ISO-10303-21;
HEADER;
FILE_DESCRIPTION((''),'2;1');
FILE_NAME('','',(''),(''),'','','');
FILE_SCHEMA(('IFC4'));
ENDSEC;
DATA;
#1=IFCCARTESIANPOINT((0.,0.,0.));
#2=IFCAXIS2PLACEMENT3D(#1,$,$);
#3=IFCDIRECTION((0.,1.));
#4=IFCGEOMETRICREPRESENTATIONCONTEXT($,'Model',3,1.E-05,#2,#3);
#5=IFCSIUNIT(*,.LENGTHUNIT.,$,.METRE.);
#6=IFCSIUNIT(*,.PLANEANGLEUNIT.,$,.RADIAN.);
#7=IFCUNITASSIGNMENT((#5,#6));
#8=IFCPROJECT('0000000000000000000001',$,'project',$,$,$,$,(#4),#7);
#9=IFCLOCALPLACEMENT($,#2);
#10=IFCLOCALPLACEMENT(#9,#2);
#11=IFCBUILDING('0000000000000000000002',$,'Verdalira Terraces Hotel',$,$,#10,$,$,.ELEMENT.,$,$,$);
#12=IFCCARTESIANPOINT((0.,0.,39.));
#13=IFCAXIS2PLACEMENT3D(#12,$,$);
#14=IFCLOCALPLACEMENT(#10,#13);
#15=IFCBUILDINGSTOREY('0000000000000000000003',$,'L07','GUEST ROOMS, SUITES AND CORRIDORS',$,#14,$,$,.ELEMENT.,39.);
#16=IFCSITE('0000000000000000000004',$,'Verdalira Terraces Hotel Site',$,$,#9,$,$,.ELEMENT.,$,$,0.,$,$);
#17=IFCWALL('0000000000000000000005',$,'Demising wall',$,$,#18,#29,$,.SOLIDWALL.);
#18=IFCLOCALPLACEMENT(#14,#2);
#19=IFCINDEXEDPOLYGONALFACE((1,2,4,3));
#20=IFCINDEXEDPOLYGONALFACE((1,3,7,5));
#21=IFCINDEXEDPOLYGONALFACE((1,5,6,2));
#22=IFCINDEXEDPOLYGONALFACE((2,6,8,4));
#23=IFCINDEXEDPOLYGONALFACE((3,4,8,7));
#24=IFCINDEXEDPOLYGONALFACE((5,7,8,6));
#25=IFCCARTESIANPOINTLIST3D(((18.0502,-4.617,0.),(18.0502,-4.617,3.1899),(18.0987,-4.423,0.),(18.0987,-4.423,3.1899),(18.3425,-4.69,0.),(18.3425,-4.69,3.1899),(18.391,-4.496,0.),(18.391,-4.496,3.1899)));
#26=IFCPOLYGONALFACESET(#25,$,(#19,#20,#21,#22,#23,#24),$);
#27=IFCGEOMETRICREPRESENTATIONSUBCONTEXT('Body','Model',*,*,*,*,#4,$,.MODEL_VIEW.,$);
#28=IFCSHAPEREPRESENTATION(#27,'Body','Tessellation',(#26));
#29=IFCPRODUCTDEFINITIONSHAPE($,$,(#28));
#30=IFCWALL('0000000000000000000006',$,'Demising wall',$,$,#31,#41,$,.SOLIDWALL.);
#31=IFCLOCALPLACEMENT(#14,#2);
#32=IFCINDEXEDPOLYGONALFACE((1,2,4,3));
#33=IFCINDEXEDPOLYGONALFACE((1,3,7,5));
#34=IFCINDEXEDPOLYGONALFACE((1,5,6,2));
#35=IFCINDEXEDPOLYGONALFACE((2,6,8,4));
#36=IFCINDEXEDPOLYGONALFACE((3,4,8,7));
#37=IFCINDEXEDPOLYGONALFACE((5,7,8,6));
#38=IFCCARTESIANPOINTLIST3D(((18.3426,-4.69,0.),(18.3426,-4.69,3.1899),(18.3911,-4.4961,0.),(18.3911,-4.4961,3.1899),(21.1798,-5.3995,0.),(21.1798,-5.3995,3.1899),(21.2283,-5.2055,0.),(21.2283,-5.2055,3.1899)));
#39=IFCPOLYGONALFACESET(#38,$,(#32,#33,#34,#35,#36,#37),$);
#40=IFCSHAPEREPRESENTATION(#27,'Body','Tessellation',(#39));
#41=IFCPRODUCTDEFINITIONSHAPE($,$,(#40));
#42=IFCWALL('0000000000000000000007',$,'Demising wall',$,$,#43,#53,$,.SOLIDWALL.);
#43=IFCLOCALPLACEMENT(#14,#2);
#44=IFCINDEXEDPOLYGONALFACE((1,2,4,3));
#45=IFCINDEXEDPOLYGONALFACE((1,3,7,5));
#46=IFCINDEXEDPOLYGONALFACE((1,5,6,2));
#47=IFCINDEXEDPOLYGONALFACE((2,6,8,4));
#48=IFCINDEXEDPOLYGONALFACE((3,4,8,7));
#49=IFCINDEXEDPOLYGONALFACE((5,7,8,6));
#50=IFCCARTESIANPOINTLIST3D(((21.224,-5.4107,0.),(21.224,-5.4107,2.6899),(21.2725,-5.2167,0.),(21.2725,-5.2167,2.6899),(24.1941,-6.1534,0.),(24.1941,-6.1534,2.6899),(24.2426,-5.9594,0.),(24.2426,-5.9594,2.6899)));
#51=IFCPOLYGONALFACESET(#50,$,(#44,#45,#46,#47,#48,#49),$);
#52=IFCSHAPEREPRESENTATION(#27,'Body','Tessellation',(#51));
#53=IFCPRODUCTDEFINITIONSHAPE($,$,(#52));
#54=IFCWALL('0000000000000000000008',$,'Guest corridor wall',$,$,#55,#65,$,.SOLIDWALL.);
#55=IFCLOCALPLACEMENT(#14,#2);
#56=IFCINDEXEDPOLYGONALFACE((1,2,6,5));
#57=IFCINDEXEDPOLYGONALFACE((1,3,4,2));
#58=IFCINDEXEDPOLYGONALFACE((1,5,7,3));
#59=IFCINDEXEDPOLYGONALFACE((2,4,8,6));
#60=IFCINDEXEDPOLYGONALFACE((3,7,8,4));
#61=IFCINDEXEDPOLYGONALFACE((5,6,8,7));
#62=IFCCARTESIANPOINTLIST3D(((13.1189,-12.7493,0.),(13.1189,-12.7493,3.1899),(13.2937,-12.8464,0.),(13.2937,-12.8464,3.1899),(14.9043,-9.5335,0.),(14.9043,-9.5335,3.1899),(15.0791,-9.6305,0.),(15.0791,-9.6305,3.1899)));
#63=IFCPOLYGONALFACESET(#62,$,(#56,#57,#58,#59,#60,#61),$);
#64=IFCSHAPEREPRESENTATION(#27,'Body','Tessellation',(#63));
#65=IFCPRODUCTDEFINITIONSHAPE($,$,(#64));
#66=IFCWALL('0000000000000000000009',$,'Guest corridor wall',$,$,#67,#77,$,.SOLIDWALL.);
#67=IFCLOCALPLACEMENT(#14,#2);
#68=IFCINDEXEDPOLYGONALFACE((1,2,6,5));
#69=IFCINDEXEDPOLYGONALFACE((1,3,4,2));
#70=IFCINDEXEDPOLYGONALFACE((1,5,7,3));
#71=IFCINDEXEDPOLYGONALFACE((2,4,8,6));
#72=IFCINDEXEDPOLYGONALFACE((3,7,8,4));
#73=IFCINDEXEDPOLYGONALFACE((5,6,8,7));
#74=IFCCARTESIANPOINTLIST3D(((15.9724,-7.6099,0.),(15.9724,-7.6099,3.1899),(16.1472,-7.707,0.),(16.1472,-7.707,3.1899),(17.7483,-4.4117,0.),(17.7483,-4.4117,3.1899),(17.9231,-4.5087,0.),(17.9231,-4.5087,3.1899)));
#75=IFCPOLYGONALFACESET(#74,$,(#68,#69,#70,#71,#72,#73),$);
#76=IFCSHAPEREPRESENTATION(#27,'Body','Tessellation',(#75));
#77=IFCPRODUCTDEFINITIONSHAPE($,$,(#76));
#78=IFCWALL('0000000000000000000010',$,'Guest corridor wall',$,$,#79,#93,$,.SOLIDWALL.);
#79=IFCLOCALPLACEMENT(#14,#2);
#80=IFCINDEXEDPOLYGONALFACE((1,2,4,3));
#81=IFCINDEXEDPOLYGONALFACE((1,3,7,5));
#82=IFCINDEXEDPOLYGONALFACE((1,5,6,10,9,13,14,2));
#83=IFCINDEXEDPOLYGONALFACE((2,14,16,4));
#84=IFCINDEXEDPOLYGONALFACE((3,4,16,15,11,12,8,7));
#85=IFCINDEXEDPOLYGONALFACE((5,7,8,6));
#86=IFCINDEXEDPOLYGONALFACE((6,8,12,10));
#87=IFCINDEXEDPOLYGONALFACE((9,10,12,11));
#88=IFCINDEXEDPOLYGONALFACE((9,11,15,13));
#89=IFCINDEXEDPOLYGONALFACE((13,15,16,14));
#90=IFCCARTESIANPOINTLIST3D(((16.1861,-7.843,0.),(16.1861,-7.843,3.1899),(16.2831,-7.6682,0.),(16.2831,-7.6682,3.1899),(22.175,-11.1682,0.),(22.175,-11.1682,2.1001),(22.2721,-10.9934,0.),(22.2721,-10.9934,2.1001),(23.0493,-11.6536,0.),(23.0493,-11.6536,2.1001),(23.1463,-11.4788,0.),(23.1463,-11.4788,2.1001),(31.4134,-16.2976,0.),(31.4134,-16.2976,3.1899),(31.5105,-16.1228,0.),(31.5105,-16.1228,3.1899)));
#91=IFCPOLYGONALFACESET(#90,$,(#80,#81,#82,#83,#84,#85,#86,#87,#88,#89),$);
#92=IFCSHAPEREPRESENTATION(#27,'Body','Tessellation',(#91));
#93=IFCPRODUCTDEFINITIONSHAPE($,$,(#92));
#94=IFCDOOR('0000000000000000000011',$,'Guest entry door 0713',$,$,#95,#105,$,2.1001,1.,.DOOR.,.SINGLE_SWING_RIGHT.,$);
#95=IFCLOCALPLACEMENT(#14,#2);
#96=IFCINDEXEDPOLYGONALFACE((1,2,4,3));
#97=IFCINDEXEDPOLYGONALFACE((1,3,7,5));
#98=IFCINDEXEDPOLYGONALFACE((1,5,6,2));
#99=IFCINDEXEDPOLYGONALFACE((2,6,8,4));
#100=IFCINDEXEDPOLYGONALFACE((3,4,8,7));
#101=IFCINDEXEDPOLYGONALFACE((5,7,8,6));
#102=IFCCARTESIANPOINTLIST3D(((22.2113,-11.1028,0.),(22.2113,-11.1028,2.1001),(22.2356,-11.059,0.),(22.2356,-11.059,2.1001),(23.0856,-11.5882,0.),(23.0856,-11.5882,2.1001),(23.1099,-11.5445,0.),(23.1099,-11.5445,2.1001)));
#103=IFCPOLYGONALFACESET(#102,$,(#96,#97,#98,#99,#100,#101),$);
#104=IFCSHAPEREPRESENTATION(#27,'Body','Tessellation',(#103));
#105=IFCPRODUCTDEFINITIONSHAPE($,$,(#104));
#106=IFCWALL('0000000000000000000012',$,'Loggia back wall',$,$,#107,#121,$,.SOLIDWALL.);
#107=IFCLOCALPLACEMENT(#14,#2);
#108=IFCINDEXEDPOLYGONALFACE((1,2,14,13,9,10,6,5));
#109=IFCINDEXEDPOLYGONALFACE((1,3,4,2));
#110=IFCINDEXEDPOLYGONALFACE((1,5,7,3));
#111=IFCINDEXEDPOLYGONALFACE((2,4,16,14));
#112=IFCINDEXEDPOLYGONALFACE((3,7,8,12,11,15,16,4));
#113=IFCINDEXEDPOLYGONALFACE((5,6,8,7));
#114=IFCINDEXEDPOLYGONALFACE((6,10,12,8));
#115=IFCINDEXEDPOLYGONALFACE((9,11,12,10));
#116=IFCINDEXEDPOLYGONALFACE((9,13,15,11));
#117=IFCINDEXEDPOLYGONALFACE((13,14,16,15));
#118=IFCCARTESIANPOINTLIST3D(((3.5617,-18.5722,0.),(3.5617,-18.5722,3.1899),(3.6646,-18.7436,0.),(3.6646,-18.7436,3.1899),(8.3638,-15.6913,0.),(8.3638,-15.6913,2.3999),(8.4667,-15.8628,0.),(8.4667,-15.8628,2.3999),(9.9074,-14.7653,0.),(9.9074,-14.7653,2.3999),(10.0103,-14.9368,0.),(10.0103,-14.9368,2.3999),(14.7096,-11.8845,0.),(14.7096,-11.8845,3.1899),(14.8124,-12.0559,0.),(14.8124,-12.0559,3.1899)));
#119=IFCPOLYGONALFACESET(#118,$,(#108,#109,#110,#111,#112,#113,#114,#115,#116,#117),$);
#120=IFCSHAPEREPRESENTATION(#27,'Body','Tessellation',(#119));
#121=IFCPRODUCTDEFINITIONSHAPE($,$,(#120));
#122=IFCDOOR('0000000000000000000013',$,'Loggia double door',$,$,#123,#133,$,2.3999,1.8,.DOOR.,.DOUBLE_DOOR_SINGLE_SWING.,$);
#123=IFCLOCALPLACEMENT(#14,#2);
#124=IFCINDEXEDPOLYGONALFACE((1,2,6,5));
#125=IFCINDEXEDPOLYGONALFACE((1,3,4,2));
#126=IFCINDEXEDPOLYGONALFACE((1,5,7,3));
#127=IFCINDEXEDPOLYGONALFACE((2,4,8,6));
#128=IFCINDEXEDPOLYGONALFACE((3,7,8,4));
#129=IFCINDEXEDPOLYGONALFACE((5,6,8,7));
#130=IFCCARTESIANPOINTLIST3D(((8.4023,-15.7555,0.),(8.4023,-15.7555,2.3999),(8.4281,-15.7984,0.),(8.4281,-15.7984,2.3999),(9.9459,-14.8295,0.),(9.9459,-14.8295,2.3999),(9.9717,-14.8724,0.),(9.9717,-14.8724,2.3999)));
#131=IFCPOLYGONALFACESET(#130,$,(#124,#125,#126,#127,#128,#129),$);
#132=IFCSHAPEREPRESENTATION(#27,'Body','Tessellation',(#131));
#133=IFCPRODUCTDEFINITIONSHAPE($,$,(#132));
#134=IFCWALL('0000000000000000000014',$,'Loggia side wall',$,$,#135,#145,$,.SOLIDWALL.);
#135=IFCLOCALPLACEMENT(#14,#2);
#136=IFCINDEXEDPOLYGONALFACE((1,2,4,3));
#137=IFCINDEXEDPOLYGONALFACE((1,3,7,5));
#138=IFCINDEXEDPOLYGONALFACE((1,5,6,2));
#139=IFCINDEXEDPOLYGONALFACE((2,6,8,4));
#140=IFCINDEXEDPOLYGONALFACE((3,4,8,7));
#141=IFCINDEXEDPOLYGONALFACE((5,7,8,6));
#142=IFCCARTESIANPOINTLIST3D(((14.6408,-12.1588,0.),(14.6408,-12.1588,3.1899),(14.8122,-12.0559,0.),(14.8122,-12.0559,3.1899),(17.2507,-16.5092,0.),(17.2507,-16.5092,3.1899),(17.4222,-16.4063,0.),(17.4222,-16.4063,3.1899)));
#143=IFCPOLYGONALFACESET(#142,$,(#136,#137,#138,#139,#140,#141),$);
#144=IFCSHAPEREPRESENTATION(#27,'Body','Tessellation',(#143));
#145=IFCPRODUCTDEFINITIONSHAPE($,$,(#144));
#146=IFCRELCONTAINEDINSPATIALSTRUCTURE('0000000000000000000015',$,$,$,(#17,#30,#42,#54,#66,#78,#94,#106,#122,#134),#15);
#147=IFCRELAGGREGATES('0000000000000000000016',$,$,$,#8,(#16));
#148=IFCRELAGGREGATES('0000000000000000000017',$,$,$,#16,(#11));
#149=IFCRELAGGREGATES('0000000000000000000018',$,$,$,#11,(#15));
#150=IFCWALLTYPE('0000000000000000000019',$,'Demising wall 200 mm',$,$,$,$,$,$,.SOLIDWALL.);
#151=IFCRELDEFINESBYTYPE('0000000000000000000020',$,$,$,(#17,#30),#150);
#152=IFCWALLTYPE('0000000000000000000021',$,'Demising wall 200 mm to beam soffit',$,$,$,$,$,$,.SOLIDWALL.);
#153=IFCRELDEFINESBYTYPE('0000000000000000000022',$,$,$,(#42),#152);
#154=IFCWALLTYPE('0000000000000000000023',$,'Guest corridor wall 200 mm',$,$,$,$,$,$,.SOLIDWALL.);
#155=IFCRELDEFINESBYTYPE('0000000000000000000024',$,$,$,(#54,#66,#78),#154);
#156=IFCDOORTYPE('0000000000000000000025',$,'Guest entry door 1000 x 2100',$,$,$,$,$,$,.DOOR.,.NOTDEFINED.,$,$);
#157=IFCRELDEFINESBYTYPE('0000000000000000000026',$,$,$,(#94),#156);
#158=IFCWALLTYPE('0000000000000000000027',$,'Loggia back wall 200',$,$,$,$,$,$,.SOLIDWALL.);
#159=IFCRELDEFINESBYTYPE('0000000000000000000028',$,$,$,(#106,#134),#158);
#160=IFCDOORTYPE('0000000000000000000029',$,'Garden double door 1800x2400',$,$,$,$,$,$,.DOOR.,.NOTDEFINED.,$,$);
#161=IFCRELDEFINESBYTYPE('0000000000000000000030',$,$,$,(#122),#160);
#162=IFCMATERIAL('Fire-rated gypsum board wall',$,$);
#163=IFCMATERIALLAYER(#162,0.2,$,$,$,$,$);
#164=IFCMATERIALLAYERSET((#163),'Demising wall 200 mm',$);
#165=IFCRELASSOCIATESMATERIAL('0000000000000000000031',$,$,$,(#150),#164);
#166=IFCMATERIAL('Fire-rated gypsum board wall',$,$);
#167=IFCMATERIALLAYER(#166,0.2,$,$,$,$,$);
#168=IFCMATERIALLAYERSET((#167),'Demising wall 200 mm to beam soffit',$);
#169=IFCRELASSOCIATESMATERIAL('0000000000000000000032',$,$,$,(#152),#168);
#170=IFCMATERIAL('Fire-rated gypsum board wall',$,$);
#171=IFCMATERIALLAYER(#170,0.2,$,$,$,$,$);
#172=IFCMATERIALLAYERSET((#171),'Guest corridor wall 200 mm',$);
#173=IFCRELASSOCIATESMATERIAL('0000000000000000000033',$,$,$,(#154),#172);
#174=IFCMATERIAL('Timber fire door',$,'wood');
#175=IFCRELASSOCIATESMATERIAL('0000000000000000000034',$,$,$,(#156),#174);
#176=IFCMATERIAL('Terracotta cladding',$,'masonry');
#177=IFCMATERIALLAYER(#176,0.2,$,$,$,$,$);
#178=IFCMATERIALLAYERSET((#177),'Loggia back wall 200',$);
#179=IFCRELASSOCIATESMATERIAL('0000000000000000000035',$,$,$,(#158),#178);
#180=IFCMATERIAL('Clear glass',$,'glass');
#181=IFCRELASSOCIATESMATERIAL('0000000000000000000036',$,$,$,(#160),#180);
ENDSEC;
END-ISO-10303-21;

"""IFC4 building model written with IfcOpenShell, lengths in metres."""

from ifc_helpers import new_model, si_unit, direction, frame, frame_2d, origin, place, context, subcontext, project, spatial, rectangle, extrude, material, layer, layer_set, type_object, element, fill, save


model = new_model("IFC4")

# Units and contexts
model_context = context("Model", 3, precision=1e-05, world=origin(), true_north=direction((0.0, 1.0)))
body_context = subcontext(model_context, "Body", "Model", "MODEL_VIEW")
ifc_project = project(units=[si_unit("LENGTHUNIT", "METRE"), si_unit("PLANEANGLEUNIT", "RADIAN")], contexts=[model_context])

# Site, building, storey
site_placement = place(None, origin())
site = spatial("IfcSite", under=ifc_project, at=site_placement, Name="Verdalira Terraces Hotel Site", CompositionType="ELEMENT", RefElevation=0.0)
building_placement = place(site_placement, origin())
building = spatial("IfcBuilding", under=site, at=building_placement, Name="Verdalira Terraces Hotel", CompositionType="ELEMENT")
storey_placement = place(building_placement, frame((0.0, 0.0, 39.0)))
storey = spatial("IfcBuildingStorey", under=building, at=storey_placement, Name="L07", Description="GUEST ROOMS, SUITES AND CORRIDORS", CompositionType="ELEMENT", Elevation=39.0)

# Walls
ifc_material_1 = material(Name="Fire-rated gypsum board wall")
ifc_layer_1 = layer(ifc_material_1, 0.2)
ifc_layer_set_1 = layer_set([ifc_layer_1], Name="Demising wall 200 mm")
wall_type_1 = type_object("IfcWallType", Name="Demising wall 200 mm", PredefinedType="SOLIDWALL", material=ifc_layer_set_1)
wall_1_placement = place(storey_placement, frame((18.0745, -4.52, 0.0), z_axis=(0.0, 0.0, 1.0), x_axis=(0.97019, -0.242345, 0.0)))
element("IfcWall", 1, at=wall_1_placement, inside=storey, type_object=wall_type_1, Name="Demising wall", PredefinedType="SOLIDWALL", context=body_context, shape_type="SweptSolid", body=[
    extrude(rectangle(XDim=0.3013, YDim=0.2, at=frame_2d((0.1506, 0.0))), origin(), (0.0, 0.0, 1.0), 3.1899),
])
wall_2_placement = place(storey_placement, frame((18.3667, -4.593, 0.0), z_axis=(0.0, 0.0, 1.0), x_axis=(0.970128, -0.242595, 0.0)))
element("IfcWall", 2, at=wall_2_placement, inside=storey, type_object=wall_type_1, Name="Demising wall", PredefinedType="SOLIDWALL", context=body_context, shape_type="SweptSolid", body=[
    extrude(rectangle(XDim=2.9246, YDim=0.2, at=frame_2d((1.4624, 0.0))), origin(), (0.0, 0.0, 1.0), 3.1899),
])
ifc_material_2 = material(Name="Fire-rated gypsum board wall")
ifc_layer_2 = layer(ifc_material_2, 0.2)
ifc_layer_set_2 = layer_set([ifc_layer_2], Name="Demising wall 200 mm to beam soffit")
wall_type_2 = type_object("IfcWallType", Name="Demising wall 200 mm to beam soffit", PredefinedType="SOLIDWALL", material=ifc_layer_set_2)
wall_3_placement = place(storey_placement, frame((21.2483, -5.3137, 0.0), z_axis=(0.0, 0.0, 1.0), x_axis=(0.970128, -0.242592, 0.0)))
element("IfcWall", 3, at=wall_3_placement, inside=storey, type_object=wall_type_2, Name="Demising wall", PredefinedType="SOLIDWALL", context=body_context, shape_type="SweptSolid", body=[
    extrude(rectangle(XDim=3.0615, YDim=0.2, at=frame_2d((1.5308, 0.0))), origin(), (0.0, 0.0, 1.0), 2.6899),
])
ifc_material_3 = material(Name="Fire-rated gypsum board wall")
ifc_layer_3 = layer(ifc_material_3, 0.2)
ifc_layer_set_3 = layer_set([ifc_layer_3], Name="Guest corridor wall 200 mm")
wall_type_3 = type_object("IfcWallType", Name="Guest corridor wall 200 mm", PredefinedType="SOLIDWALL", material=ifc_layer_set_3)
wall_4_placement = place(storey_placement, frame((13.2063, -12.7979, 0.0), z_axis=(0.0, 0.0, 1.0), x_axis=(0.485401, 0.874292, 0.0)))
element("IfcWall", 4, at=wall_4_placement, inside=storey, type_object=wall_type_3, Name="Guest corridor wall", PredefinedType="SOLIDWALL", context=body_context, shape_type="SweptSolid", body=[
    extrude(rectangle(XDim=3.6782, YDim=0.2, at=frame_2d((1.8391, 0.0))), origin(), (0.0, 0.0, 1.0), 3.1899),
])
wall_5_placement = place(storey_placement, frame((16.0598, -7.6584, 0.0), z_axis=(0.0, 0.0, 1.0), x_axis=(0.48545, 0.874264, 0.0)))
element("IfcWall", 5, at=wall_5_placement, inside=storey, type_object=wall_type_3, Name="Guest corridor wall", PredefinedType="SOLIDWALL", context=body_context, shape_type="SweptSolid", body=[
    extrude(rectangle(XDim=3.6582, YDim=0.2, at=frame_2d((1.8291, 0.0))), origin(), (0.0, 0.0, 1.0), 3.1899),
])

# Walls, openings, doors
wall_6_placement = place(storey_placement, frame((16.2346, -7.7556, 0.0), z_axis=(0.0, 0.0, 1.0), x_axis=(0.87428, -0.485423, 0.0)))
wall_6 = element("IfcWall", 6, at=wall_6_placement, inside=storey, type_object=wall_type_3, Name="Guest corridor wall", PredefinedType="SOLIDWALL", context=body_context, shape_type="SweptSolid", body=[
    extrude(rectangle(XDim=17.417, YDim=0.2, at=frame_2d((8.7085, 0.0))), origin(), (0.0, 0.0, 1.0), 3.1899),
])
opening_1_placement = place(wall_6_placement, frame((6.8501, 0.0, 0.0)))
opening_1 = element("IfcOpeningElement", 7, at=opening_1_placement, cuts=wall_6, PredefinedType="OPENING", context=body_context, shape_type="SweptSolid", body=[
    extrude(rectangle(XDim=1.0, YDim=2.1001, at=frame_2d((0.5, 1.05))), frame((0.0, 0.1099, 0.0), z_axis=(0.0, -1.0, 0.0), x_axis=(1.0, 0.0, 0.0)), (0.0, 0.0, 1.0), 0.22),
])
ifc_material_4 = material(Name="Timber fire door", Category="wood")
door_type_1 = type_object("IfcDoorType", Name="Guest entry door 1000 x 2100", OperationType="NOTDEFINED", PredefinedType="DOOR", material=ifc_material_4)
door_1_placement = place(opening_1_placement, origin())
door_1 = element("IfcDoor", 8, at=door_1_placement, inside=storey, type_object=door_type_1, Name="Guest entry door 0713", OperationType="SINGLE_SWING_RIGHT", OverallHeight=2.1001, OverallWidth=1.0, PredefinedType="DOOR", context=body_context, shape_type="SweptSolid", body=[
    extrude(rectangle(XDim=1.0, YDim=2.1001, at=frame_2d((0.5, 1.05))), frame((0.0, 0.0249, 0.0), z_axis=(0.0, -1.0, 0.0), x_axis=(1.0, 0.0, 0.0)), (0.0, 0.0, 1.0), 0.05),
])
fill(opening_1, door_1)
ifc_material_5 = material(Name="Terracotta cladding", Category="masonry")
ifc_layer_4 = layer(ifc_material_5, 0.2)
ifc_layer_set_4 = layer_set([ifc_layer_4], Name="Loggia back wall 200")
wall_type_4 = type_object("IfcWallType", Name="Loggia back wall 200", PredefinedType="SOLIDWALL", material=ifc_layer_set_4)
wall_7_placement = place(storey_placement, frame((14.761, -11.9702, 0.0), z_axis=(0.0, 0.0, 1.0), x_axis=(-0.857528, -0.514438, 0.0)))
wall_7 = element("IfcWall", 9, at=wall_7_placement, inside=storey, type_object=wall_type_4, Name="Loggia back wall", PredefinedType="SOLIDWALL", context=body_context, shape_type="SweptSolid", body=[
    extrude(rectangle(XDim=13.0, YDim=0.2, at=frame_2d((6.5, 0.0))), origin(), (0.0, 0.0, 1.0), 3.1899),
])
opening_2_placement = place(wall_7_placement, frame((5.6001, 0.0, 0.0)))
opening_2 = element("IfcOpeningElement", 10, at=opening_2_placement, cuts=wall_7, PredefinedType="OPENING", context=body_context, shape_type="SweptSolid", body=[
    extrude(rectangle(XDim=1.8, YDim=2.3999, at=frame_2d((0.8999, 1.2))), frame((0.0, 0.1099, 0.0), z_axis=(0.0, -1.0, 0.0), x_axis=(1.0, 0.0, 0.0)), (0.0, 0.0, 1.0), 0.22),
])
ifc_material_6 = material(Name="Clear glass", Category="glass")
door_type_2 = type_object("IfcDoorType", Name="Garden double door 1800x2400", OperationType="NOTDEFINED", PredefinedType="DOOR", material=ifc_material_6)
door_2_placement = place(opening_2_placement, origin())
door_2 = element("IfcDoor", 11, at=door_2_placement, inside=storey, type_object=door_type_2, Name="Loggia double door", OperationType="DOUBLE_DOOR_SINGLE_SWING", OverallHeight=2.3999, OverallWidth=1.8, PredefinedType="DOOR", context=body_context, shape_type="SweptSolid", body=[
    extrude(rectangle(XDim=1.8, YDim=2.3999, at=frame_2d((0.8999, 1.2))), frame((0.0, 0.0249, 0.0), z_axis=(0.0, -1.0, 0.0), x_axis=(1.0, 0.0, 0.0)), (0.0, 0.0, 1.0), 0.05),
])
fill(opening_2, door_2)

# Wall
wall_8_placement = place(storey_placement, frame((17.3364, -16.4578, 0.0), z_axis=(0.0, 0.0, 1.0), x_axis=(-0.514446, 0.857523, 0.0)))
element("IfcWall", 12, at=wall_8_placement, inside=storey, type_object=wall_type_4, Name="Loggia side wall", PredefinedType="SOLIDWALL", context=body_context, shape_type="SweptSolid", body=[
    extrude(rectangle(XDim=5.0732, YDim=0.2, at=frame_2d((2.5366, 0.0))), origin(), (0.0, 0.0, 1.0), 3.1899),
])

save(model, "model.ifc")
